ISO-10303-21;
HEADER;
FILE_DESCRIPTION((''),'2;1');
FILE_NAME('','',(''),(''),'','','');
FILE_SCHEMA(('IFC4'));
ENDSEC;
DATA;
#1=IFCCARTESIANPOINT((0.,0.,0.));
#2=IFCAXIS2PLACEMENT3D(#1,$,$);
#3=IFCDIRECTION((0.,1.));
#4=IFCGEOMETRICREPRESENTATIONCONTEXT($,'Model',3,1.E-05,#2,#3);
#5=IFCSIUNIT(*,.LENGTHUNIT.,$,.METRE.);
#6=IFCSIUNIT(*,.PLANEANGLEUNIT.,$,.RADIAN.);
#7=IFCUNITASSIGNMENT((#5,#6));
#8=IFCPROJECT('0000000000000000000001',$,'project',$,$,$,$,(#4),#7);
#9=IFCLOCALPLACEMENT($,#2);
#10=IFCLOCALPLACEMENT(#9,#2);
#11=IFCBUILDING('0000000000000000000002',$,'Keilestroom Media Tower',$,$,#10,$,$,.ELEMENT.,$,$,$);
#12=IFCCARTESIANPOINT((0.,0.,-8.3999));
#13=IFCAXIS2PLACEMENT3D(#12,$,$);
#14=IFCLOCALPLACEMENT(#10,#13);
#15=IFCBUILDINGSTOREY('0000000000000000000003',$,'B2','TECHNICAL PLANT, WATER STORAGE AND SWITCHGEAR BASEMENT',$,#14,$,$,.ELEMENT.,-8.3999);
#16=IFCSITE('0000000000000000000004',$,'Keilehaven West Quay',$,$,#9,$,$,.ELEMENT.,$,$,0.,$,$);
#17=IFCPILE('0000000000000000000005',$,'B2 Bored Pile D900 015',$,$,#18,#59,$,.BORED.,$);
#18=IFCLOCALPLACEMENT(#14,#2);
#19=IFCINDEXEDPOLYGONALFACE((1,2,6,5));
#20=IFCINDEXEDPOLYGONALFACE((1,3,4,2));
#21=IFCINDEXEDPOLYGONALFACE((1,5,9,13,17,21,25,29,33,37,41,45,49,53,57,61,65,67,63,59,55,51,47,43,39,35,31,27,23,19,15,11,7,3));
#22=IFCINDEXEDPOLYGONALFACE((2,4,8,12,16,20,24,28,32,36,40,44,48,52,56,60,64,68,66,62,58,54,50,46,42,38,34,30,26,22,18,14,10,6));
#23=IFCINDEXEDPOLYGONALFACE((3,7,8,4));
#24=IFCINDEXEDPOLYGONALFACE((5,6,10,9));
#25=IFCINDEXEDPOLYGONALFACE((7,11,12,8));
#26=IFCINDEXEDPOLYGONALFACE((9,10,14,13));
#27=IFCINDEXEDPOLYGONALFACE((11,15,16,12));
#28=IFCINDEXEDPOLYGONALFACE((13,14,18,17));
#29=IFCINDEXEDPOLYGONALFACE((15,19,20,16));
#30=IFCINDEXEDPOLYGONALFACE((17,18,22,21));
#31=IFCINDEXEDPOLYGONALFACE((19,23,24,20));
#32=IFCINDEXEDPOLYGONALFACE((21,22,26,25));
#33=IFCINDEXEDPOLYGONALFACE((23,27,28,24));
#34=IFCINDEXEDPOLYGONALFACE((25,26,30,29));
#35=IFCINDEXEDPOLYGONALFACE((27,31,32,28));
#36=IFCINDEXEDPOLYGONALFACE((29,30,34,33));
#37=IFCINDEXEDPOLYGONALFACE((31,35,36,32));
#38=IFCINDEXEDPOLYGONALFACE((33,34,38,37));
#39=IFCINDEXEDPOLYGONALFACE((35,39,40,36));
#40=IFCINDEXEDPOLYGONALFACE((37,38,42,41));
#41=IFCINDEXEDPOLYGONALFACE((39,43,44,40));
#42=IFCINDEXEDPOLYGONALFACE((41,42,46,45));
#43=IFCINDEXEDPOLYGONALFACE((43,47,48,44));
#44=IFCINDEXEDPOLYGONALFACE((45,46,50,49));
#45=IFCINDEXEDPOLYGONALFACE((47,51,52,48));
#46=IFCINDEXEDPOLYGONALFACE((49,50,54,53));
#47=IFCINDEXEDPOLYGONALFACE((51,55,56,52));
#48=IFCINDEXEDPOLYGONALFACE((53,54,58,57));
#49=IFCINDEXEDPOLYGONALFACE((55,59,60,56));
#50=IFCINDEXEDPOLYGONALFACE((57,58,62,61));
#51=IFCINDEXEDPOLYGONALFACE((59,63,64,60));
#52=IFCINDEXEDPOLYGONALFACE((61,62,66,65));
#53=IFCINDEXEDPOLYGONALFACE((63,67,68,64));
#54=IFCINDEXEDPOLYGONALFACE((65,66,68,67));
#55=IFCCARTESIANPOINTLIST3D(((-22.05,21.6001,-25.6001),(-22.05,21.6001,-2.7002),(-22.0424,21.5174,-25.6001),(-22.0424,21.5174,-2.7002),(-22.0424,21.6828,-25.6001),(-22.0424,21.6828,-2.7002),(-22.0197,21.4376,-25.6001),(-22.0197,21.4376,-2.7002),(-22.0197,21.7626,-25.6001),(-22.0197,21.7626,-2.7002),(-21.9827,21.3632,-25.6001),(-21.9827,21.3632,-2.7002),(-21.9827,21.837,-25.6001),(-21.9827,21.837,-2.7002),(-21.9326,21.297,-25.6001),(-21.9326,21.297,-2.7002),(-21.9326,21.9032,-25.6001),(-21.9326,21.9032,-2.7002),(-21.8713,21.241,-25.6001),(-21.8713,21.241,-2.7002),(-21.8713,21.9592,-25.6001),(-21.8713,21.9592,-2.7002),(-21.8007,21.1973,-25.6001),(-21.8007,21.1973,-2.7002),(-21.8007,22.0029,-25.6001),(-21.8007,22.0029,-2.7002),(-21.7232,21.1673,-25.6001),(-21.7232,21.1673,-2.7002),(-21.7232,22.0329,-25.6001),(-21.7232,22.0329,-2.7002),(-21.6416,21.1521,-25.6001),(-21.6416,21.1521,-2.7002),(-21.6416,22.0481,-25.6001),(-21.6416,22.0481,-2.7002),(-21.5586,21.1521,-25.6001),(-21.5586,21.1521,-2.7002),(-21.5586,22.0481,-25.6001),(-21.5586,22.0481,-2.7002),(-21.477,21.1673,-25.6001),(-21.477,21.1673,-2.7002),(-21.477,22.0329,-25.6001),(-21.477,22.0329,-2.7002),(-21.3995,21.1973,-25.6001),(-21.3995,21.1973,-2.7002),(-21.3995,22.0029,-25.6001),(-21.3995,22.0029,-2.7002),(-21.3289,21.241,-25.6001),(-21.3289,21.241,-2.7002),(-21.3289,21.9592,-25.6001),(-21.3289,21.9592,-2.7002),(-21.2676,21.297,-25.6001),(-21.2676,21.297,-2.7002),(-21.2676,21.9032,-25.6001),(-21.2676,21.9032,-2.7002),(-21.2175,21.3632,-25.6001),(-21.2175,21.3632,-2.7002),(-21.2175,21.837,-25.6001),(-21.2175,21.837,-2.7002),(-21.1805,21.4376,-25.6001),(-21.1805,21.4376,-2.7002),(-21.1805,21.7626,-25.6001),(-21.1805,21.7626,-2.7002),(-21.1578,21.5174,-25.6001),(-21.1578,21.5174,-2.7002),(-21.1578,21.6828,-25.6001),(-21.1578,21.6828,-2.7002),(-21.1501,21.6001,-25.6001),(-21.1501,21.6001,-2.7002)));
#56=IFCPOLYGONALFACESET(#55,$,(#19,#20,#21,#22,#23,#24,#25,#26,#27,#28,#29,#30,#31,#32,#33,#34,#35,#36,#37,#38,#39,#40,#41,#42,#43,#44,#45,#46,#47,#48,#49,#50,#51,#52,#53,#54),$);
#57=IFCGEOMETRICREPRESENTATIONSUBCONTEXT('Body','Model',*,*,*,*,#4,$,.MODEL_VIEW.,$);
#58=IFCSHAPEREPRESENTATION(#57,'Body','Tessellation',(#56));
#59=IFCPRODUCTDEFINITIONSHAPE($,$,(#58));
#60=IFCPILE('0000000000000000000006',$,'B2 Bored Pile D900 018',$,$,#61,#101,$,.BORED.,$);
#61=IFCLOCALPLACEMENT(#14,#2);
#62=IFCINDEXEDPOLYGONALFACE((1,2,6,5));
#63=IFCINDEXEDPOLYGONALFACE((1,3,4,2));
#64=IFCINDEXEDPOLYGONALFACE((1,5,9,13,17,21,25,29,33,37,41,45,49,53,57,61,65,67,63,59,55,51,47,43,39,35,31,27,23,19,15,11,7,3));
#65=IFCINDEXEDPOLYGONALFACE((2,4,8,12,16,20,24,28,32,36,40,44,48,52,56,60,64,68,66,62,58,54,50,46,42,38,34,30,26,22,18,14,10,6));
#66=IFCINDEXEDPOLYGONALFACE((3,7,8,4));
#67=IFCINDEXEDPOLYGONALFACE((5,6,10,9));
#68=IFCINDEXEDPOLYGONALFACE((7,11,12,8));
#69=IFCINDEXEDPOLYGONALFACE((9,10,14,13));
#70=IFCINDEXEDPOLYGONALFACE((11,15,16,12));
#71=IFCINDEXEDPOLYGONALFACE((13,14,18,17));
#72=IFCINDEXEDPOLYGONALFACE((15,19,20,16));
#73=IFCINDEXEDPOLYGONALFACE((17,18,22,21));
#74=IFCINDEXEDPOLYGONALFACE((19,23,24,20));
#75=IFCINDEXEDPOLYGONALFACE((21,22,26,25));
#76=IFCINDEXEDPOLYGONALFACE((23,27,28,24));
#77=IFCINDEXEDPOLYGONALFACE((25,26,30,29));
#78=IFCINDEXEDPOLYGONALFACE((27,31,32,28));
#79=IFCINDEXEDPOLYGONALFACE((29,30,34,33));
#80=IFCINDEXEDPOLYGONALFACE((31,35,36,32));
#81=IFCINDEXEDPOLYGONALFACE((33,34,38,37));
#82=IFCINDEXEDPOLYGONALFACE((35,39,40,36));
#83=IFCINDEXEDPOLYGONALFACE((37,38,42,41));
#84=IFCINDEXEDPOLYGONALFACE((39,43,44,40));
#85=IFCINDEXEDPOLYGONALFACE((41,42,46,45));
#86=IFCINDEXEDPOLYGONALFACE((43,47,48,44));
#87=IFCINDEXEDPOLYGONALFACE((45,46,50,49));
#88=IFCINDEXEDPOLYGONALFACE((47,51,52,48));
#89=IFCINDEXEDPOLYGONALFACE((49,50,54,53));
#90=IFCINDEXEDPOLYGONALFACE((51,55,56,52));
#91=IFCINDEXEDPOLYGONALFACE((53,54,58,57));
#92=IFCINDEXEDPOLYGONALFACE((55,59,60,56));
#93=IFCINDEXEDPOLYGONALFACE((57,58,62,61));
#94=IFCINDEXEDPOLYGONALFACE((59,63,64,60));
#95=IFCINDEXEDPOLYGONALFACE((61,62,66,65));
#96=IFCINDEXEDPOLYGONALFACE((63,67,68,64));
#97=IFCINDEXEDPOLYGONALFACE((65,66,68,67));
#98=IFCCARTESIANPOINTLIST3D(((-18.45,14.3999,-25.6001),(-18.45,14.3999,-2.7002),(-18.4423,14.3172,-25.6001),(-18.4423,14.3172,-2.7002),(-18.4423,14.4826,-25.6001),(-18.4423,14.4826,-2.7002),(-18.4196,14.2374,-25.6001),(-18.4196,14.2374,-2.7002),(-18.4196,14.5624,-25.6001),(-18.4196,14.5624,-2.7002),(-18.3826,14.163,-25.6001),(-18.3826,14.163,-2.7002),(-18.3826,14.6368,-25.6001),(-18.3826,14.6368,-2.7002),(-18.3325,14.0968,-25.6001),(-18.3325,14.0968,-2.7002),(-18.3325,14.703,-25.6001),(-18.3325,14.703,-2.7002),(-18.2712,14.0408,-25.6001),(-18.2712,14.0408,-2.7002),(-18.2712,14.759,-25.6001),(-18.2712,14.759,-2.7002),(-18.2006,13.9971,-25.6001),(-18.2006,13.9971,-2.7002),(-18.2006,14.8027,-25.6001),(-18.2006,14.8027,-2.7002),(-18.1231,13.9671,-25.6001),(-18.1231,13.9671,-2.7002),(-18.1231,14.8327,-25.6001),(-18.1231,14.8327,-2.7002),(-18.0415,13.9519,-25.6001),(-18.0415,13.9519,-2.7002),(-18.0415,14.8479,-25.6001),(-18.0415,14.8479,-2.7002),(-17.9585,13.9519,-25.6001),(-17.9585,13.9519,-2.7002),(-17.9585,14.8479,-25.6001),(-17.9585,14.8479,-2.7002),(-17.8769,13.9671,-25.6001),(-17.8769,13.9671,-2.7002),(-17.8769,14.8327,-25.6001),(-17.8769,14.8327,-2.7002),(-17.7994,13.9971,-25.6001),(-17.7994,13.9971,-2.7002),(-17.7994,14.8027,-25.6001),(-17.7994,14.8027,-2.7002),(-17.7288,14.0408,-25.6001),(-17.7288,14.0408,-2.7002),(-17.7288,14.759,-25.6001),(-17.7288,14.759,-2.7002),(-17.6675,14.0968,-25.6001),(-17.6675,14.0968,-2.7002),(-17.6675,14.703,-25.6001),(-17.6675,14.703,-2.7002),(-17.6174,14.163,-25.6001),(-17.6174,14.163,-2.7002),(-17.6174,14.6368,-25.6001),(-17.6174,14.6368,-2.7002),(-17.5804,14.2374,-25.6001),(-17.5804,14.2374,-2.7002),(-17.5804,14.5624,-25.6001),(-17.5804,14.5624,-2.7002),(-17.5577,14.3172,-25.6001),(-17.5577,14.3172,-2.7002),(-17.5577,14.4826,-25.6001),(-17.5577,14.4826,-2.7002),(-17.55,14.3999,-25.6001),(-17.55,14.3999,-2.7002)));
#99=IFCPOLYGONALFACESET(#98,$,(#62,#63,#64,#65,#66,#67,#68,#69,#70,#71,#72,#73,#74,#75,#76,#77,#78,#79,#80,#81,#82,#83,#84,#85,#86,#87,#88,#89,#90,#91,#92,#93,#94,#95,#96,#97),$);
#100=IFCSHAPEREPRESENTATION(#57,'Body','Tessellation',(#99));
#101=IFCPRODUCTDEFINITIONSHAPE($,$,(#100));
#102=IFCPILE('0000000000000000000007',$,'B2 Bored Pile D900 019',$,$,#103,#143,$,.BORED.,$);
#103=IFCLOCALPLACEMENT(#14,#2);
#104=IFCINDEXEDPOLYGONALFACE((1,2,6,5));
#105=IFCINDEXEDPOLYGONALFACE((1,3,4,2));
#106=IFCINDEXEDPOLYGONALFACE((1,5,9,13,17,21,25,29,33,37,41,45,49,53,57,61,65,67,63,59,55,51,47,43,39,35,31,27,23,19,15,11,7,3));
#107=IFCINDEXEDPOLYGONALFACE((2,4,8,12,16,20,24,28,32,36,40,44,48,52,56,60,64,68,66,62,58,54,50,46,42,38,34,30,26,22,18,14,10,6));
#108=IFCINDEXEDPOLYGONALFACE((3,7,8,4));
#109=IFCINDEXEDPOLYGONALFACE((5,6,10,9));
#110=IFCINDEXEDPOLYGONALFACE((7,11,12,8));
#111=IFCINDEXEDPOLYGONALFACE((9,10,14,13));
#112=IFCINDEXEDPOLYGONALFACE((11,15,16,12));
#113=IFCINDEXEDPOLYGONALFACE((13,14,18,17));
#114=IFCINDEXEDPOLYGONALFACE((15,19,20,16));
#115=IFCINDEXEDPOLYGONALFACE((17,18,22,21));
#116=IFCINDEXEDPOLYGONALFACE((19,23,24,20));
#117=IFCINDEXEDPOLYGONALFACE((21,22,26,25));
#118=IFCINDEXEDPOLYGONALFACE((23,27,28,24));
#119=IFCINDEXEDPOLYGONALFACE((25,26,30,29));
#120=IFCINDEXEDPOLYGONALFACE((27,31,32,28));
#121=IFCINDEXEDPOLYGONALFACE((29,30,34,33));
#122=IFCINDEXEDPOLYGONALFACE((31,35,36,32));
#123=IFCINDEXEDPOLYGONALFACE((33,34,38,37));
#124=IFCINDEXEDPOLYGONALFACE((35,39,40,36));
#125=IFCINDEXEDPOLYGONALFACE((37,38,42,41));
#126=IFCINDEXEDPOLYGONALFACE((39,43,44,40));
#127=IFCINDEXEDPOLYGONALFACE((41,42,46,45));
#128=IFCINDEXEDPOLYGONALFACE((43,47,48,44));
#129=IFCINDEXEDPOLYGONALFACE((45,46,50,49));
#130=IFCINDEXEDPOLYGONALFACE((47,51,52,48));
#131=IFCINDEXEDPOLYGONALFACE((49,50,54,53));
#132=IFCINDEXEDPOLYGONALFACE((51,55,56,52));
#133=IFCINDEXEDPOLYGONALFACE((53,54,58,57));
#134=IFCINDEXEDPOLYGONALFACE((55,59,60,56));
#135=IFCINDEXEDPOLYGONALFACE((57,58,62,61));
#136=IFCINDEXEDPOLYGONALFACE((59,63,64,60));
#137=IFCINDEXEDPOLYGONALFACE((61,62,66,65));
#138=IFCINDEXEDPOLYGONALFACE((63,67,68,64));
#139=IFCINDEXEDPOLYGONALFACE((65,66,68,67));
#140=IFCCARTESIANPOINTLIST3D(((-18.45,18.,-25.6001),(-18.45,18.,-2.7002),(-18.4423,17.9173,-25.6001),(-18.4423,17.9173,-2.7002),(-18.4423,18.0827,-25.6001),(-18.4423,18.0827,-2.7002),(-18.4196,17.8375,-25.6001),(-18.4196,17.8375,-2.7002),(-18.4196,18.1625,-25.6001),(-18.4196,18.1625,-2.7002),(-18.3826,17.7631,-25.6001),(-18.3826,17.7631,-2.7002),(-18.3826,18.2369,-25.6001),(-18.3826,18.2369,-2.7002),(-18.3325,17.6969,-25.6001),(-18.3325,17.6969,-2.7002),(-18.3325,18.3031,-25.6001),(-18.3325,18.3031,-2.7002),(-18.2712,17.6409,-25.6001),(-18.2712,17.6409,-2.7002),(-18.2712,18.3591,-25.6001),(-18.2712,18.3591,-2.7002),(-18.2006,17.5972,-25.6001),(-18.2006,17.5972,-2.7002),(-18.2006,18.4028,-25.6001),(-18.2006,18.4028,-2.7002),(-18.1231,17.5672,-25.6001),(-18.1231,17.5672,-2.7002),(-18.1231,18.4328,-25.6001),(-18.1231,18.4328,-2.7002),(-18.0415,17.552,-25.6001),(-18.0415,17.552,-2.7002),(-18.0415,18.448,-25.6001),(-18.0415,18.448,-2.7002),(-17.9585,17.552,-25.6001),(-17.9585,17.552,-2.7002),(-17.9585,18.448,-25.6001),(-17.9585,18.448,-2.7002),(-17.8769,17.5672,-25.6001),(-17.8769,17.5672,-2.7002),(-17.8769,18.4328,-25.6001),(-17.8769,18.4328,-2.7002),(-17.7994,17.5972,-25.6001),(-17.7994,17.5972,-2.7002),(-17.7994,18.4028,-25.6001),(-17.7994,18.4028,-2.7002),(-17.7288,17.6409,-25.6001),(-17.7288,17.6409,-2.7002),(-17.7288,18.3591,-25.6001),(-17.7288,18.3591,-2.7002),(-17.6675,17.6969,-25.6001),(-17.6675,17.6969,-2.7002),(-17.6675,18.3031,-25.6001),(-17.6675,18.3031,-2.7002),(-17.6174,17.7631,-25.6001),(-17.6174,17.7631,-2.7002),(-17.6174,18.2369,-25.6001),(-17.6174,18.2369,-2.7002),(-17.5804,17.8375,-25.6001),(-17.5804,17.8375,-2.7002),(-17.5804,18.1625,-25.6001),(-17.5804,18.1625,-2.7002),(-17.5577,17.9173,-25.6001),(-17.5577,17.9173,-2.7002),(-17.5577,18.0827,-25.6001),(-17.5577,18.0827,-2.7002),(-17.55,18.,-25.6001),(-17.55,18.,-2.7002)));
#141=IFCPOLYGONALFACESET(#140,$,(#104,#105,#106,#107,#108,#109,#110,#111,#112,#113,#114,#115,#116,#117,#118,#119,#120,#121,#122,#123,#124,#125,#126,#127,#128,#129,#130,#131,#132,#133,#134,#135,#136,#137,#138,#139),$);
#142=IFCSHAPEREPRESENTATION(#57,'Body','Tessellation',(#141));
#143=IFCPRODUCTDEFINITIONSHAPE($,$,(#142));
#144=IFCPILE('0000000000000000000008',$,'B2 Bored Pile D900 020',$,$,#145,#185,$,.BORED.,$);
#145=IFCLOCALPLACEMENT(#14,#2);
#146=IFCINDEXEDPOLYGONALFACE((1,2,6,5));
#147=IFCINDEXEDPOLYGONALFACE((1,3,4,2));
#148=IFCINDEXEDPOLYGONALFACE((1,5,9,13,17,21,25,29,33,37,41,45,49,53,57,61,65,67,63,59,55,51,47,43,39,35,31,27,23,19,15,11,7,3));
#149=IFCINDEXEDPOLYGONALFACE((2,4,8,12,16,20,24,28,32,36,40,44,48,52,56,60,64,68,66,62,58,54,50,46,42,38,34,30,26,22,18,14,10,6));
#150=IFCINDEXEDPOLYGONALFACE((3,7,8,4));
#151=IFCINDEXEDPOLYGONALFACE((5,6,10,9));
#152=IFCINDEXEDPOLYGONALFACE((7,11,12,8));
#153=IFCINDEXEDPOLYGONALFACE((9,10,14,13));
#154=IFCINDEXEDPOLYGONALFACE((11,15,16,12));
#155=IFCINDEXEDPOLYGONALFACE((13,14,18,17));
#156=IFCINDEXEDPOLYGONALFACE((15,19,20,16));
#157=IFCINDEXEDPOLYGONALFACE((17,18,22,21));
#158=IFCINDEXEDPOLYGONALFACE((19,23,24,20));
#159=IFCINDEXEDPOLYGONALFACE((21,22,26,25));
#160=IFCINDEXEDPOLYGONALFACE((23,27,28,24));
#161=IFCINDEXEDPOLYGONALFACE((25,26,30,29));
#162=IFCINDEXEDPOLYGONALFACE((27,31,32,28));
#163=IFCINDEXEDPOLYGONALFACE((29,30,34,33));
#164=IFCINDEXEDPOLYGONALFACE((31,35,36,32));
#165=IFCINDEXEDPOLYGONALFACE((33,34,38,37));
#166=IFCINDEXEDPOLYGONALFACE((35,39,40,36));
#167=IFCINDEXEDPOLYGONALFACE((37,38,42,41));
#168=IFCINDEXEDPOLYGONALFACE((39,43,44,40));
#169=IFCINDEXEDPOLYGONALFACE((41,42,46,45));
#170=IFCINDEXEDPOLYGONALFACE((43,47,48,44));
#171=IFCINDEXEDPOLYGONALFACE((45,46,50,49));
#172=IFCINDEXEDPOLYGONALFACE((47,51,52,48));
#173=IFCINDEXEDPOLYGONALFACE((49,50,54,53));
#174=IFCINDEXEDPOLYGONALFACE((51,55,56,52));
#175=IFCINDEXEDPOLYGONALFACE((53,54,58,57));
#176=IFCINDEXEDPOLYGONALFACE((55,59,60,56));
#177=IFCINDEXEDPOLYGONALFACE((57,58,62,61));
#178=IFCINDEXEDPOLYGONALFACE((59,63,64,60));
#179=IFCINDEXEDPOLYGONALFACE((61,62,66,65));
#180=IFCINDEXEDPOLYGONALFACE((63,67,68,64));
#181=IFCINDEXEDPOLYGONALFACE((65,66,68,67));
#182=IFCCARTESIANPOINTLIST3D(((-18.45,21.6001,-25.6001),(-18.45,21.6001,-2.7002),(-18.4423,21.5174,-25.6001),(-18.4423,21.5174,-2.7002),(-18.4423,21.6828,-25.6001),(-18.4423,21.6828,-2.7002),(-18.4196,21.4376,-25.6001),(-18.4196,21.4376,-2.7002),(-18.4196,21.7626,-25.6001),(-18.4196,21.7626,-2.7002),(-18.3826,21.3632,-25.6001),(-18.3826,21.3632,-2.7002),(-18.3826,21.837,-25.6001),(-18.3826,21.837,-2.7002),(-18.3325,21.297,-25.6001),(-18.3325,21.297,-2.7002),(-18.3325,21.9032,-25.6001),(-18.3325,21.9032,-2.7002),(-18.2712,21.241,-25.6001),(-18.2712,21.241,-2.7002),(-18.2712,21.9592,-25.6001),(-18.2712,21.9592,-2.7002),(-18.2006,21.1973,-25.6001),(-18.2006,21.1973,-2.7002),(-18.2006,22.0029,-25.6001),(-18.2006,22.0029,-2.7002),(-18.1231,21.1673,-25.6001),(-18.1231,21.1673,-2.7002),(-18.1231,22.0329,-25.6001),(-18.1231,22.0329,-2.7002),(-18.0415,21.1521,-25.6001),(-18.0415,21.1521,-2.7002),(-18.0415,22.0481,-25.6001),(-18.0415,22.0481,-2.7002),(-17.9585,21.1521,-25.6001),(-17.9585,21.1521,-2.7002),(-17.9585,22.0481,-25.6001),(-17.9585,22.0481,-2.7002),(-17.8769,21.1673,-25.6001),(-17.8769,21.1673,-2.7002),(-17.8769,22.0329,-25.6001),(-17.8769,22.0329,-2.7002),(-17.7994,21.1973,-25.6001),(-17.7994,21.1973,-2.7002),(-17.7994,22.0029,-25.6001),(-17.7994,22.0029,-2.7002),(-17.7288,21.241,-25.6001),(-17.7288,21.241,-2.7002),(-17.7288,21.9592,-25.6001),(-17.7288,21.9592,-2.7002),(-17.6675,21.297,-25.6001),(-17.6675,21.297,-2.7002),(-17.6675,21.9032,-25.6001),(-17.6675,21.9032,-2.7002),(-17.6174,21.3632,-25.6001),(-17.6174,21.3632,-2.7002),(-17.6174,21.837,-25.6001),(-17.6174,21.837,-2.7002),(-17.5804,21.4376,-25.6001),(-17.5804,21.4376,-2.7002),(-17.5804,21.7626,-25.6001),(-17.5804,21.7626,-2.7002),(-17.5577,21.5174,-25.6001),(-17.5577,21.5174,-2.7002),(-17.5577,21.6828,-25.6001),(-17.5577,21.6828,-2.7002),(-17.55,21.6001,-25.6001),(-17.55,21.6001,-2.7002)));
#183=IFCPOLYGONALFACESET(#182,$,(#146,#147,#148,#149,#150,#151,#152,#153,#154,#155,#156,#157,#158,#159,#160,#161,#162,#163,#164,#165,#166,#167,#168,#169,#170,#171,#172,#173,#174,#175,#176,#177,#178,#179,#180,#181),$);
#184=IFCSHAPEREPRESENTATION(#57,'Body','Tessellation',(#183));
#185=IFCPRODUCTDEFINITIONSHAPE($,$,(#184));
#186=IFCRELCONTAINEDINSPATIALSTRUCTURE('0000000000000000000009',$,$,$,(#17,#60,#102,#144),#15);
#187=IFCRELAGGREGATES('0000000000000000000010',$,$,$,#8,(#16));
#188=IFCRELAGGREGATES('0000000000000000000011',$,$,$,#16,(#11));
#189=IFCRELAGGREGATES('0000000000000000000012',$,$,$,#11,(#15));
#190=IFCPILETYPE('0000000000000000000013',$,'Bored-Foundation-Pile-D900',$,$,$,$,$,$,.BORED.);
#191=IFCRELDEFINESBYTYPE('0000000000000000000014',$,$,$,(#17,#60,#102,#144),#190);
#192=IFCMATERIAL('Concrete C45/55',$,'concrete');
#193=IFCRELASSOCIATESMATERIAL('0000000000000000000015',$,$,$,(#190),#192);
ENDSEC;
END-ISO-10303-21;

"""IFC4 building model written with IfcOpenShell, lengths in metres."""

from ifc_helpers import new_model, si_unit, direction, frame, origin, origin_2d, place, context, subcontext, project, spatial, circle, extrude, source, transform, mapped, material, material_profile, profile_set, type_object, element, save


model = new_model("IFC4")

# Units and contexts
model_context = context("Model", 3, precision=1e-05, world=origin(), true_north=direction((0.0, 1.0)))
body_context = subcontext(model_context, "Body", "Model", "MODEL_VIEW")
ifc_project = project(units=[si_unit("LENGTHUNIT", "METRE"), si_unit("PLANEANGLEUNIT", "RADIAN")], contexts=[model_context])

# Site, building, storey
site_placement = place(None, origin())
site = spatial("IfcSite", under=ifc_project, at=site_placement, Name="Keilehaven West Quay", CompositionType="ELEMENT", RefElevation=0.0)
building_placement = place(site_placement, origin())
building = spatial("IfcBuilding", under=site, at=building_placement, Name="Keilestroom Media Tower", CompositionType="ELEMENT")
storey_placement = place(building_placement, frame((0.0, 0.0, -8.3999)))
storey = spatial("IfcBuildingStorey", under=building, at=storey_placement, Name="B2", Description="TECHNICAL PLANT, WATER STORAGE AND SWITCHGEAR BASEMENT", CompositionType="ELEMENT", Elevation=-8.3999)

# Piles
ifc_material_1 = material(Name="Concrete C45/55", Category="concrete")
ifc_material_profile_1 = material_profile(ifc_material_1, circle(Radius=0.45, at=origin_2d()), Name="BORED PILE D900")
ifc_profile_set_1 = profile_set([ifc_material_profile_1], Name="Concrete C45/55")
pile_type_1 = type_object("IfcPileType", Name="Bored-Foundation-Pile-D900", PredefinedType="BORED", material=ifc_profile_set_1)
shared_shape_1 = source(origin(), body_context, "Body", "SweptSolid", [
    extrude(circle(Radius=0.45, at=origin_2d()), origin(), (0.0, 0.0, 1.0), 22.8999),
])
for number, where, z_axis, x_axis, name in (
    (1, (-21.6001, 21.6001, -2.7002), (0.0, 0.0, -1.0), (1.0, 0.0, 0.0), "B2 Bored Pile D900 015"),
    (2, (-18.0, 14.3999, -2.7002), (0.0, 0.0, -1.0), (1.0, 0.0, 0.0), "B2 Bored Pile D900 018"),
    (3, (-18.0, 18.0, -2.7002), (0.0, 0.0, -1.0), (1.0, 0.0, 0.0), "B2 Bored Pile D900 019"),
    (4, (-18.0, 21.6001, -2.7002), (0.0, 0.0, -1.0), (1.0, 0.0, 0.0), "B2 Bored Pile D900 020"),
):
    element("IfcPile", number, at=place(storey_placement, frame(where, z_axis=z_axis, x_axis=x_axis)), inside=storey, type_object=pile_type_1, Name=name, PredefinedType="BORED", context=body_context, shape_type="MappedRepresentation", body=[
        mapped(shared_shape_1, transform((0.0, 0.0, 0.0), x_axis=(1.0, 0.0, 0.0), y_axis=(0.0, 1.0, 0.0), z_axis=(0.0, 0.0, 1.0), scale=1.0)),
    ])

save(model, "model.ifc")
